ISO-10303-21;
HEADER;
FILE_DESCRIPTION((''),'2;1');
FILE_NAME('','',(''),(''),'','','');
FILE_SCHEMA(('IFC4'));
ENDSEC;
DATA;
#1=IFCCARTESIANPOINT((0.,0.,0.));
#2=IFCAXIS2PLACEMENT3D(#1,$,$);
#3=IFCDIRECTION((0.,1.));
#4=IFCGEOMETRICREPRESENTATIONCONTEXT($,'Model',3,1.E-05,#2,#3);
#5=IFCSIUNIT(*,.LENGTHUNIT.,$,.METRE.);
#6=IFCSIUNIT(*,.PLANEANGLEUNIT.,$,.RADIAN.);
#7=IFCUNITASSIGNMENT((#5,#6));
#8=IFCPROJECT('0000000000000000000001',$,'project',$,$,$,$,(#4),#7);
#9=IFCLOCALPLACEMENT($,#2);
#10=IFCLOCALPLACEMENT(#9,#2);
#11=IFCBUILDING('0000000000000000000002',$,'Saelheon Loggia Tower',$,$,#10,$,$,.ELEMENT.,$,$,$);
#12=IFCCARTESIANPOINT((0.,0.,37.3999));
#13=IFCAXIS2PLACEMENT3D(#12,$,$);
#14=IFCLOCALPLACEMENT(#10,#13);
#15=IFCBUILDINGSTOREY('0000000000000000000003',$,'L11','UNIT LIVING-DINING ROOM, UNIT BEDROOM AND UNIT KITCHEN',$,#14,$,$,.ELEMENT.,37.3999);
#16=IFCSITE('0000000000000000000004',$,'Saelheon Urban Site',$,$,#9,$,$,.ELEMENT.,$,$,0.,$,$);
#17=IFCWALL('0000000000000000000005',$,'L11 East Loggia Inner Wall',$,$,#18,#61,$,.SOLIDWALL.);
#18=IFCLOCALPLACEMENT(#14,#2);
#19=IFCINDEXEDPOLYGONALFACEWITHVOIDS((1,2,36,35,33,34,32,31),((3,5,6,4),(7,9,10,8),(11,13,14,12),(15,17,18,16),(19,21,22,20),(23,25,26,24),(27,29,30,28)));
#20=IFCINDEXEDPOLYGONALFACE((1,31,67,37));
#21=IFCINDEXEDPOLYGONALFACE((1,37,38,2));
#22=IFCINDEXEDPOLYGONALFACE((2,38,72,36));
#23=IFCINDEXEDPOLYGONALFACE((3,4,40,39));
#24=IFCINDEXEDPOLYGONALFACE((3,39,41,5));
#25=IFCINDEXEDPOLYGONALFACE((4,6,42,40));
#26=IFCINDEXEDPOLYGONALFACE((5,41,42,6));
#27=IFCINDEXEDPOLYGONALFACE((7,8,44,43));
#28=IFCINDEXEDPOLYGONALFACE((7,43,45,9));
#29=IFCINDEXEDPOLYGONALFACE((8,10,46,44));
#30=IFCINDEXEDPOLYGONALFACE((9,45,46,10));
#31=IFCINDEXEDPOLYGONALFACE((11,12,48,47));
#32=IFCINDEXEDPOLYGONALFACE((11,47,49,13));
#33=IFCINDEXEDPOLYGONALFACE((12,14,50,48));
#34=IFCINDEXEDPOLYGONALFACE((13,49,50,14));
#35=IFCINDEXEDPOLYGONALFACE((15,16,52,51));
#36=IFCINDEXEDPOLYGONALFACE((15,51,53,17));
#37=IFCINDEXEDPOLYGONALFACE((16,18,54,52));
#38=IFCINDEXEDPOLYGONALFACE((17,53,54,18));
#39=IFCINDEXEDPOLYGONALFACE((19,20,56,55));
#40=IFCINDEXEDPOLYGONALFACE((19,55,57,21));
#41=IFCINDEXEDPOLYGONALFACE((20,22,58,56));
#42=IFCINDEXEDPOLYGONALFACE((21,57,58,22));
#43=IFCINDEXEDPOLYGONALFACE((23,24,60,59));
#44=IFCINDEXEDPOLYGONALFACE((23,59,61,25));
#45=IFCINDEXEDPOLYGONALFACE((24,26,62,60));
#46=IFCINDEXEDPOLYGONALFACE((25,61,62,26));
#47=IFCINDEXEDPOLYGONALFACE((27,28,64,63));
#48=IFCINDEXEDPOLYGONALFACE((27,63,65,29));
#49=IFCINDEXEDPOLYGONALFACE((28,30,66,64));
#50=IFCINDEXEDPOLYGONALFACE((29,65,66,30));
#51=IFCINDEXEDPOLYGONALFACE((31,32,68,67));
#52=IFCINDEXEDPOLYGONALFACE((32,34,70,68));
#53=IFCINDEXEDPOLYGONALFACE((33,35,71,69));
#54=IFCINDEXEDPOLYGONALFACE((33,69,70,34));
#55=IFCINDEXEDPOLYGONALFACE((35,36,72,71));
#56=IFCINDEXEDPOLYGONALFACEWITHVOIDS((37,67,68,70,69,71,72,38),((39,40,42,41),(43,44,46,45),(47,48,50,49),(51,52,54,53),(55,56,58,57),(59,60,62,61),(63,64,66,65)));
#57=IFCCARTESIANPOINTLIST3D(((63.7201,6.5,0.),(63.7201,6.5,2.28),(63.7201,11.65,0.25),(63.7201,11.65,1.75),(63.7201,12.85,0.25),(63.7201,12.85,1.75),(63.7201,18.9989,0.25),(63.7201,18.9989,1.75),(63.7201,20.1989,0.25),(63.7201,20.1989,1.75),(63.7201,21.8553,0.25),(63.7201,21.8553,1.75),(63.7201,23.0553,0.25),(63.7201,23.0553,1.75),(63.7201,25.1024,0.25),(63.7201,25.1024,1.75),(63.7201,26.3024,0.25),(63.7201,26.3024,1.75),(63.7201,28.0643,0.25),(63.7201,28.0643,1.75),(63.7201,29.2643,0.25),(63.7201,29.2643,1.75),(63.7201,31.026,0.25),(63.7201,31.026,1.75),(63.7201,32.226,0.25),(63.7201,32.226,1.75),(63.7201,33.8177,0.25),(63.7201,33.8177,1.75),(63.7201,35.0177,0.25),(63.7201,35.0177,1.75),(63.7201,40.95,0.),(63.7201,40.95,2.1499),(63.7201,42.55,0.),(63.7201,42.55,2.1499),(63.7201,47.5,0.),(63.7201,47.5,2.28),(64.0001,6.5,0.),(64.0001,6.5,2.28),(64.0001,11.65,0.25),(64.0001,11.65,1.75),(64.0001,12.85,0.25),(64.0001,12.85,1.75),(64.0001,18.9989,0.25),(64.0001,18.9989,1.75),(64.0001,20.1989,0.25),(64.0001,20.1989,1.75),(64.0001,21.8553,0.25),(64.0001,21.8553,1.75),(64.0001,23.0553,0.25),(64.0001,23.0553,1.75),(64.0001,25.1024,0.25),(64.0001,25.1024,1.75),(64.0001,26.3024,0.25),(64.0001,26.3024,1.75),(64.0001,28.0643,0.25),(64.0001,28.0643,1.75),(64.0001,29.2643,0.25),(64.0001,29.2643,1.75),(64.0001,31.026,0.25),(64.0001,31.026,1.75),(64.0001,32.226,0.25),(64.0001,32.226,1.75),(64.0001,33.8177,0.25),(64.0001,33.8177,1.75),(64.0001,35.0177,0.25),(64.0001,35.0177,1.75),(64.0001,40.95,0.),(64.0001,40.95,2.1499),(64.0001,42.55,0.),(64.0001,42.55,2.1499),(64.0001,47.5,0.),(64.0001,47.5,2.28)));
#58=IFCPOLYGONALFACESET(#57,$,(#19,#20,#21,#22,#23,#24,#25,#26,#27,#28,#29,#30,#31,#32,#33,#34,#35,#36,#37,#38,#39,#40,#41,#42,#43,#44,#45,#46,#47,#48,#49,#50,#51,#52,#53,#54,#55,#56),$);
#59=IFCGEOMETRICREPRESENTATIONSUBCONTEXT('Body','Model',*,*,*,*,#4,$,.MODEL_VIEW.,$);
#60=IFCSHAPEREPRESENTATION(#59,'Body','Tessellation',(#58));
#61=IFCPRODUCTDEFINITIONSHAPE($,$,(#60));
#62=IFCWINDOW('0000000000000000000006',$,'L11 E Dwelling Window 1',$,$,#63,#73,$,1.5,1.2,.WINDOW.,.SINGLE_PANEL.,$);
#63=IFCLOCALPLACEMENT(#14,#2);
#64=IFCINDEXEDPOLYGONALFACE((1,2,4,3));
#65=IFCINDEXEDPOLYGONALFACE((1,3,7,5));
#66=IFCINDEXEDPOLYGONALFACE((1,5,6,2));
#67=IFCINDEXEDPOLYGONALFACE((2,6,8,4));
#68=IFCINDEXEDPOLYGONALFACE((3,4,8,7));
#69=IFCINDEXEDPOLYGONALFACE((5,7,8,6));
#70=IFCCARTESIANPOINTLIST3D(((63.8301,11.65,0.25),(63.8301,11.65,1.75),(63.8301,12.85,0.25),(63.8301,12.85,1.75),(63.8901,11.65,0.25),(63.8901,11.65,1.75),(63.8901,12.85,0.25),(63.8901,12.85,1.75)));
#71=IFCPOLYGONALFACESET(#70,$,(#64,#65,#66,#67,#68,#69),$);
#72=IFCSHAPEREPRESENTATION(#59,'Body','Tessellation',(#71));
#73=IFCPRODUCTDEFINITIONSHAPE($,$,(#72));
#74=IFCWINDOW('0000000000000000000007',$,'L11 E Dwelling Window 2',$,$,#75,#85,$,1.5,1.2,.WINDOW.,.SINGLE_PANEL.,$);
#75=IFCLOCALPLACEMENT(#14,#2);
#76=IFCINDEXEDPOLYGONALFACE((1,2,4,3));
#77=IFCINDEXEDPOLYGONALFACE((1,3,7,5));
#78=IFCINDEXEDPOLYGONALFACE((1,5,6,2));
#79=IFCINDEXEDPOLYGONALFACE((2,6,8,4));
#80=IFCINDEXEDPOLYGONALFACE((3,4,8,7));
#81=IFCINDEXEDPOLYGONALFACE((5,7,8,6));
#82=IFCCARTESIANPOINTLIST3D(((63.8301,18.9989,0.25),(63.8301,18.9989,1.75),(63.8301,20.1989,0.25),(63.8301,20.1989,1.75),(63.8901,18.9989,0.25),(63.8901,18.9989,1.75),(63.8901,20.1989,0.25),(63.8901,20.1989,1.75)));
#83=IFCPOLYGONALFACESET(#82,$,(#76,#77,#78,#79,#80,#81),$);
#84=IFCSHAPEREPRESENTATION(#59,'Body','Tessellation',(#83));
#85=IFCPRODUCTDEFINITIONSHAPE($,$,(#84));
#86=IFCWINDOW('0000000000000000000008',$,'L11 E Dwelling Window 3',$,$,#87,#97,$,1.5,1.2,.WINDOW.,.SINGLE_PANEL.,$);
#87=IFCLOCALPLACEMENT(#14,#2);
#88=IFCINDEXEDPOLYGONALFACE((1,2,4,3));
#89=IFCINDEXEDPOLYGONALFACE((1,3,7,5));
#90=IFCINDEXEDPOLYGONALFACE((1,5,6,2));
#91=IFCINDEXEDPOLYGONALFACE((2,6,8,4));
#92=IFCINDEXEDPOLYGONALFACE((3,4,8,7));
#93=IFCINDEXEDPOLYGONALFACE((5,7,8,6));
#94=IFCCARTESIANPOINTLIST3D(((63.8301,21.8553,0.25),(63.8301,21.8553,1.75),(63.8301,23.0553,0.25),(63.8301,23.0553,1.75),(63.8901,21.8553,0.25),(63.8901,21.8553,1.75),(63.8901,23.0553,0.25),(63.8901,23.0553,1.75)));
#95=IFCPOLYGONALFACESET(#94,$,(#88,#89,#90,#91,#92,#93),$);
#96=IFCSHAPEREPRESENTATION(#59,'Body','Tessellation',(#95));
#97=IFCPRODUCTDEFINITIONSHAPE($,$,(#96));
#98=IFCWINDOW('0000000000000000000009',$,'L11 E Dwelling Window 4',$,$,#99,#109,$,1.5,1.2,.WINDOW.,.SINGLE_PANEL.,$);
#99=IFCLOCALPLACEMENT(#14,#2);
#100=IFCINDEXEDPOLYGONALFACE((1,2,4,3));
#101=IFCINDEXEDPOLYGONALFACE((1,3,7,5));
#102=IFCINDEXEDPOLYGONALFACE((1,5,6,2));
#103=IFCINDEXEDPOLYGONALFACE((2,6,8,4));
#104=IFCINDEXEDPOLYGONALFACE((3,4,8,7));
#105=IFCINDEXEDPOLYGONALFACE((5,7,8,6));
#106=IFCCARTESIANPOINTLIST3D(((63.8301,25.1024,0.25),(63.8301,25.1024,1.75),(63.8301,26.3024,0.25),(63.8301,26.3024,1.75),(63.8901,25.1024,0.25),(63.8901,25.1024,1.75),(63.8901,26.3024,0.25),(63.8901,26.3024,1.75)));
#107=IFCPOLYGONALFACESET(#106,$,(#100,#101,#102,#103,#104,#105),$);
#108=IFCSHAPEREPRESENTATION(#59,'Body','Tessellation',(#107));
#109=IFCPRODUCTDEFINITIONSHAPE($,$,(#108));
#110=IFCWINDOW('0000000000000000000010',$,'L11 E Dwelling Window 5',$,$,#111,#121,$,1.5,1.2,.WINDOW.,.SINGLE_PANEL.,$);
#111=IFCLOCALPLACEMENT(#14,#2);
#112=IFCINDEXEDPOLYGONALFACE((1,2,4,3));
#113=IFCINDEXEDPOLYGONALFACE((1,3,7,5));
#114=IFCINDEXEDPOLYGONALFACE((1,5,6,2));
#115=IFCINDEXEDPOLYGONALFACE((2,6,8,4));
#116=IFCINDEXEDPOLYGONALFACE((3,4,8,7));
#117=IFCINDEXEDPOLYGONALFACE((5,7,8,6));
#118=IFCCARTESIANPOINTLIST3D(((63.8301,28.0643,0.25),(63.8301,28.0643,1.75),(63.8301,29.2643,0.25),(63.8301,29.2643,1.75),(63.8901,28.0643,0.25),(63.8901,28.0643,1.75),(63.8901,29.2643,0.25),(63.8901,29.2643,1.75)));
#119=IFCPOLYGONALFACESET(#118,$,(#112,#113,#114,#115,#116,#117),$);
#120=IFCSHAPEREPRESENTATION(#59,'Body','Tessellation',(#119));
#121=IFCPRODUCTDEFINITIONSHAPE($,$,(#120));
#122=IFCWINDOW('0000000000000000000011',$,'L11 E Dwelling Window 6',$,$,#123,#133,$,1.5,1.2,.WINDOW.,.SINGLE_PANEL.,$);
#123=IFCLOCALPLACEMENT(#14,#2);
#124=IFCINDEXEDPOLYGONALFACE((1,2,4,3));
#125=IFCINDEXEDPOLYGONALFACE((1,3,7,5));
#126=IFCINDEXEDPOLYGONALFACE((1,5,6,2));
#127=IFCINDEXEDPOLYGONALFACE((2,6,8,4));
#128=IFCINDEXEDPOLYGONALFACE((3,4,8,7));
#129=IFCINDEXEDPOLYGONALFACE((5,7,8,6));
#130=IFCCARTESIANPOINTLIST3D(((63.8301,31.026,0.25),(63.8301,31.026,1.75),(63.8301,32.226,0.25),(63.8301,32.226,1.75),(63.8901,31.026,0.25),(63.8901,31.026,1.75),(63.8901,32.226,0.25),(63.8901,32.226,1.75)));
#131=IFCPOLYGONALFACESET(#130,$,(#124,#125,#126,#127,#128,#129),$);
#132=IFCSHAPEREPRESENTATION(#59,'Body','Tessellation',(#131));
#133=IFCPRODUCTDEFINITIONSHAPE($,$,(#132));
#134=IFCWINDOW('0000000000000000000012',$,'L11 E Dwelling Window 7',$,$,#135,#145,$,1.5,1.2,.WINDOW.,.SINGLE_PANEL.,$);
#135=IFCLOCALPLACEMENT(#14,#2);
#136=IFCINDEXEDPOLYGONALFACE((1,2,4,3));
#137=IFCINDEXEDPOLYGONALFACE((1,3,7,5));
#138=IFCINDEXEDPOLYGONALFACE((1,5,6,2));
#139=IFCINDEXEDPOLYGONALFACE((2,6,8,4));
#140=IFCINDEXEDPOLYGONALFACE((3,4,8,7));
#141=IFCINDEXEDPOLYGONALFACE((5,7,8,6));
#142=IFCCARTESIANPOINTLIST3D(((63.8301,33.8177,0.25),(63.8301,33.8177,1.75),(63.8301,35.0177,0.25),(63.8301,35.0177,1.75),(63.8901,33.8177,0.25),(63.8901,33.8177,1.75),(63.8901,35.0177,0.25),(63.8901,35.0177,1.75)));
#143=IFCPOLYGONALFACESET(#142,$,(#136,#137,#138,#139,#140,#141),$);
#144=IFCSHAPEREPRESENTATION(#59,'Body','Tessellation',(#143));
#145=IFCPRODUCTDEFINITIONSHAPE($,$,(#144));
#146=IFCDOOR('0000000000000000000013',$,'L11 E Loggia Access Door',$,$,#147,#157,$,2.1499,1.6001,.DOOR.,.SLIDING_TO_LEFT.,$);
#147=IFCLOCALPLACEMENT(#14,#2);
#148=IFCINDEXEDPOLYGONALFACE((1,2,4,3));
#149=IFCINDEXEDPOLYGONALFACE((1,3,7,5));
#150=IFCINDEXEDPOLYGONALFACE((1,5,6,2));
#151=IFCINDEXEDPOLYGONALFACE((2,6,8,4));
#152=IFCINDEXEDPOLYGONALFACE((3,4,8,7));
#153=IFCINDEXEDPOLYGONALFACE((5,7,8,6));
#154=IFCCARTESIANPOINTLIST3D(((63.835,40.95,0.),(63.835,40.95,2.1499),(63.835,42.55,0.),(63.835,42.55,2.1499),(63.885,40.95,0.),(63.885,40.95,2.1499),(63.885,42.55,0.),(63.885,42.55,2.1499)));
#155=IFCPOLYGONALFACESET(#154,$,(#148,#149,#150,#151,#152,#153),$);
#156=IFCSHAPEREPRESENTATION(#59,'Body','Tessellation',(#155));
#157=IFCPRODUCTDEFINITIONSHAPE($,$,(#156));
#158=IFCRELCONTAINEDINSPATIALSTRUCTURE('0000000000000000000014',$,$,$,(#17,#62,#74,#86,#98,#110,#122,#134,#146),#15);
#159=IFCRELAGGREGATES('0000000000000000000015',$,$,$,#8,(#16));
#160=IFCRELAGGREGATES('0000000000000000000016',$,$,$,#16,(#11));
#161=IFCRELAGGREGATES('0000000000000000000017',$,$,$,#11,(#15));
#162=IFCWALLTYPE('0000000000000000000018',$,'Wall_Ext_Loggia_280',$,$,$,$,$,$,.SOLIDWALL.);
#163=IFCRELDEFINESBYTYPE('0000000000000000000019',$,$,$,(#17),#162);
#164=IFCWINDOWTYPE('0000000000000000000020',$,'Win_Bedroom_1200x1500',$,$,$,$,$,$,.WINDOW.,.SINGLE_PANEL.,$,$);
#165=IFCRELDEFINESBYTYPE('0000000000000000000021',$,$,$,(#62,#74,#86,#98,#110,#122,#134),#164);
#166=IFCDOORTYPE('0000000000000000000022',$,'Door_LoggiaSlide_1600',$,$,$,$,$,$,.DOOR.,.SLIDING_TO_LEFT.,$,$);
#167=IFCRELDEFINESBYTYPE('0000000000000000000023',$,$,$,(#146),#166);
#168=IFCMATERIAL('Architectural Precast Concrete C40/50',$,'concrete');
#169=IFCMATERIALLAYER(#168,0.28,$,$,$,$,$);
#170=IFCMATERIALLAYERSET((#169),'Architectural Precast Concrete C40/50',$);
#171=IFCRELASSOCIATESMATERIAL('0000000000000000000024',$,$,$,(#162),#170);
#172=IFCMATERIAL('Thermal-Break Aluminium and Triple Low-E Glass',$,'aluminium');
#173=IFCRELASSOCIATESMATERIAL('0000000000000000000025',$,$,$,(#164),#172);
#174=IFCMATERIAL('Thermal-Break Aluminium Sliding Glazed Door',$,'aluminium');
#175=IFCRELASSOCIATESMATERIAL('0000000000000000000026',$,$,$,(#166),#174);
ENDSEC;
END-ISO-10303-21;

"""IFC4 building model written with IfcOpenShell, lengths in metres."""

from ifc_helpers import new_model, si_unit, direction, frame, frame_2d, origin, place, context, subcontext, project, spatial, rectangle, extrude, source, transform, mapped, material, layer, layer_set, type_object, element, fill, save


model = new_model("IFC4")

# Units and contexts
model_context = context("Model", 3, precision=1e-05, world=origin(), true_north=direction((0.0, 1.0)))
body_context = subcontext(model_context, "Body", "Model", "MODEL_VIEW")
ifc_project = project(units=[si_unit("LENGTHUNIT", "METRE"), si_unit("PLANEANGLEUNIT", "RADIAN")], contexts=[model_context])

# Site, building, storey
site_placement = place(None, origin())
site = spatial("IfcSite", under=ifc_project, at=site_placement, Name="Saelheon Urban Site", CompositionType="ELEMENT", RefElevation=0.0)
building_placement = place(site_placement, origin())
building = spatial("IfcBuilding", under=site, at=building_placement, Name="Saelheon Loggia Tower", CompositionType="ELEMENT")
storey_placement = place(building_placement, frame((0.0, 0.0, 37.3999)))
storey = spatial("IfcBuildingStorey", under=building, at=storey_placement, Name="L11", Description="UNIT LIVING-DINING ROOM, UNIT BEDROOM AND UNIT KITCHEN", CompositionType="ELEMENT", Elevation=37.3999)

# Wall, openings, windows, door
ifc_material_1 = material(Name="Architectural Precast Concrete C40/50", Category="concrete")
ifc_layer_1 = layer(ifc_material_1, 0.28)
ifc_layer_set_1 = layer_set([ifc_layer_1], Name="Architectural Precast Concrete C40/50")
wall_type_1 = type_object("IfcWallType", Name="Wall_Ext_Loggia_280", PredefinedType="SOLIDWALL", material=ifc_layer_set_1)
wall_1_placement = place(storey_placement, frame((63.8601, 6.5, 0.0), z_axis=(0.0, 0.0, 1.0), x_axis=(0.0, 1.0, 0.0)))
wall_1 = element("IfcWall", 1, at=wall_1_placement, inside=storey, type_object=wall_type_1, Name="L11 East Loggia Inner Wall", PredefinedType="SOLIDWALL", context=body_context, shape_type="SweptSolid", body=[
    extrude(rectangle(XDim=41.0, YDim=0.28, at=frame_2d((20.5, 0.0))), origin(), (0.0, 0.0, 1.0), 2.28),
])
opening_1_placement = place(wall_1_placement, frame((5.1499, 0.0, 0.25)))
opening_1 = element("IfcOpeningElement", 2, at=opening_1_placement, cuts=wall_1, PredefinedType="OPENING", context=body_context, shape_type="SweptSolid", body=[
    extrude(rectangle(XDim=1.2, YDim=1.5, at=frame_2d((0.6001, 0.75))), frame((0.0, 0.1521, 0.0), z_axis=(0.0, -1.0, 0.0), x_axis=(1.0, 0.0, 0.0)), (0.0, 0.0, 1.0), 0.304),
])
opening_2_placement = place(wall_1_placement, frame((12.4988, 0.0, 0.25)))
opening_2 = element("IfcOpeningElement", 3, at=opening_2_placement, cuts=wall_1, PredefinedType="OPENING", context=body_context, shape_type="SweptSolid", body=[
    extrude(rectangle(XDim=1.2, YDim=1.5, at=frame_2d((0.6001, 0.75))), frame((0.0, 0.1521, 0.0), z_axis=(0.0, -1.0, 0.0), x_axis=(1.0, 0.0, 0.0)), (0.0, 0.0, 1.0), 0.304),
])
opening_3_placement = place(wall_1_placement, frame((15.3552, 0.0, 0.25)))
opening_3 = element("IfcOpeningElement", 4, at=opening_3_placement, cuts=wall_1, PredefinedType="OPENING", context=body_context, shape_type="SweptSolid", body=[
    extrude(rectangle(XDim=1.2, YDim=1.5, at=frame_2d((0.6001, 0.75))), frame((0.0, 0.1521, 0.0), z_axis=(0.0, -1.0, 0.0), x_axis=(1.0, 0.0, 0.0)), (0.0, 0.0, 1.0), 0.304),
])
opening_4_placement = place(wall_1_placement, frame((18.6023, 0.0, 0.25)))
opening_4 = element("IfcOpeningElement", 5, at=opening_4_placement, cuts=wall_1, PredefinedType="OPENING", context=body_context, shape_type="SweptSolid", body=[
    extrude(rectangle(XDim=1.2, YDim=1.5, at=frame_2d((0.6001, 0.75))), frame((0.0, 0.1521, 0.0), z_axis=(0.0, -1.0, 0.0), x_axis=(1.0, 0.0, 0.0)), (0.0, 0.0, 1.0), 0.304),
])
opening_5_placement = place(wall_1_placement, frame((21.5642, 0.0, 0.25)))
opening_5 = element("IfcOpeningElement", 6, at=opening_5_placement, cuts=wall_1, PredefinedType="OPENING", context=body_context, shape_type="SweptSolid", body=[
    extrude(rectangle(XDim=1.2, YDim=1.5, at=frame_2d((0.6001, 0.75))), frame((0.0, 0.1521, 0.0), z_axis=(0.0, -1.0, 0.0), x_axis=(1.0, 0.0, 0.0)), (0.0, 0.0, 1.0), 0.304),
])
opening_6_placement = place(wall_1_placement, frame((24.5259, 0.0, 0.25)))
opening_6 = element("IfcOpeningElement", 7, at=opening_6_placement, cuts=wall_1, PredefinedType="OPENING", context=body_context, shape_type="SweptSolid", body=[
    extrude(rectangle(XDim=1.2, YDim=1.5, at=frame_2d((0.6001, 0.75))), frame((0.0, 0.1521, 0.0), z_axis=(0.0, -1.0, 0.0), x_axis=(1.0, 0.0, 0.0)), (0.0, 0.0, 1.0), 0.304),
])
opening_7_placement = place(wall_1_placement, frame((27.3176, 0.0, 0.25)))
opening_7 = element("IfcOpeningElement", 8, at=opening_7_placement, cuts=wall_1, PredefinedType="OPENING", context=body_context, shape_type="SweptSolid", body=[
    extrude(rectangle(XDim=1.2, YDim=1.5, at=frame_2d((0.6001, 0.75))), frame((0.0, 0.1521, 0.0), z_axis=(0.0, -1.0, 0.0), x_axis=(1.0, 0.0, 0.0)), (0.0, 0.0, 1.0), 0.304),
])
opening_8_placement = place(wall_1_placement, frame((36.05, 0.0, 0.0), z_axis=(0.0, 0.0, 1.0), x_axis=(-1.0, 0.0, 0.0)))
opening_8 = element("IfcOpeningElement", 9, at=opening_8_placement, cuts=wall_1, PredefinedType="OPENING", context=body_context, shape_type="SweptSolid", body=[
    extrude(rectangle(XDim=1.6001, YDim=2.1499, at=frame_2d((0.8, 1.075))), frame((0.0, 0.1521, 0.0), z_axis=(0.0, -1.0, 0.0), x_axis=(1.0, 0.0, 0.0)), (0.0, 0.0, 1.0), 0.304),
])
ifc_material_2 = material(Name="Thermal-Break Aluminium and Triple Low-E Glass", Category="aluminium")
window_type = type_object("IfcWindowType", Name="Win_Bedroom_1200x1500", PartitioningType="SINGLE_PANEL", PredefinedType="WINDOW", material=ifc_material_2)
shared_shape_1 = source(origin(), body_context, "Body", "SweptSolid", [
    extrude(rectangle(XDim=1.2, YDim=1.5, at=frame_2d((0.6001, 0.75))), frame((0.0, 0.03, 0.0), z_axis=(0.0, -1.0, 0.0), x_axis=(1.0, 0.0, 0.0)), (0.0, 0.0, 1.0), 0.0601),
])
window_1_placement = place(opening_1_placement, origin())
window_1 = element("IfcWindow", 10, at=window_1_placement, inside=storey, type_object=window_type, Name="L11 E Dwelling Window 1", OverallHeight=1.5, OverallWidth=1.2, PartitioningType="SINGLE_PANEL", PredefinedType="WINDOW", context=body_context, shape_type="MappedRepresentation", body=[
    mapped(shared_shape_1, transform((0.0, 0.0, 0.0), scale=1.0)),
])
fill(opening_1, window_1)
window_2_placement = place(opening_2_placement, origin())
window_2 = element("IfcWindow", 11, at=window_2_placement, inside=storey, type_object=window_type, Name="L11 E Dwelling Window 2", OverallHeight=1.5, OverallWidth=1.2, PartitioningType="SINGLE_PANEL", PredefinedType="WINDOW", context=body_context, shape_type="MappedRepresentation", body=[
    mapped(shared_shape_1, transform((0.0, 0.0, 0.0), scale=1.0)),
])
fill(opening_2, window_2)
window_3_placement = place(opening_3_placement, origin())
window_3 = element("IfcWindow", 12, at=window_3_placement, inside=storey, type_object=window_type, Name="L11 E Dwelling Window 3", OverallHeight=1.5, OverallWidth=1.2, PartitioningType="SINGLE_PANEL", PredefinedType="WINDOW", context=body_context, shape_type="MappedRepresentation", body=[
    mapped(shared_shape_1, transform((0.0, 0.0, 0.0), scale=1.0)),
])
fill(opening_3, window_3)
window_4_placement = place(opening_4_placement, origin())
window_4 = element("IfcWindow", 13, at=window_4_placement, inside=storey, type_object=window_type, Name="L11 E Dwelling Window 4", OverallHeight=1.5, OverallWidth=1.2, PartitioningType="SINGLE_PANEL", PredefinedType="WINDOW", context=body_context, shape_type="MappedRepresentation", body=[
    mapped(shared_shape_1, transform((0.0, 0.0, 0.0), scale=1.0)),
])
fill(opening_4, window_4)
window_5_placement = place(opening_5_placement, origin())
window_5 = element("IfcWindow", 14, at=window_5_placement, inside=storey, type_object=window_type, Name="L11 E Dwelling Window 5", OverallHeight=1.5, OverallWidth=1.2, PartitioningType="SINGLE_PANEL", PredefinedType="WINDOW", context=body_context, shape_type="MappedRepresentation", body=[
    mapped(shared_shape_1, transform((0.0, 0.0, 0.0), scale=1.0)),
])
fill(opening_5, window_5)
window_6_placement = place(opening_6_placement, origin())
window_6 = element("IfcWindow", 15, at=window_6_placement, inside=storey, type_object=window_type, Name="L11 E Dwelling Window 6", OverallHeight=1.5, OverallWidth=1.2, PartitioningType="SINGLE_PANEL", PredefinedType="WINDOW", context=body_context, shape_type="MappedRepresentation", body=[
    mapped(shared_shape_1, transform((0.0, 0.0, 0.0), scale=1.0)),
])
fill(opening_6, window_6)
window_7_placement = place(opening_7_placement, origin())
window_7 = element("IfcWindow", 16, at=window_7_placement, inside=storey, type_object=window_type, Name="L11 E Dwelling Window 7", OverallHeight=1.5, OverallWidth=1.2, PartitioningType="SINGLE_PANEL", PredefinedType="WINDOW", context=body_context, shape_type="MappedRepresentation", body=[
    mapped(shared_shape_1, transform((0.0, 0.0, 0.0), scale=1.0)),
])
fill(opening_7, window_7)
ifc_material_3 = material(Name="Thermal-Break Aluminium Sliding Glazed Door", Category="aluminium")
door_type = type_object("IfcDoorType", Name="Door_LoggiaSlide_1600", OperationType="SLIDING_TO_LEFT", PredefinedType="DOOR", material=ifc_material_3)
shared_shape_2 = source(origin(), body_context, "Body", "SweptSolid", [
    extrude(rectangle(XDim=1.6001, YDim=2.1499, at=frame_2d((0.8, 1.075))), frame((0.0, 0.0249, 0.0), z_axis=(0.0, -1.0, 0.0), x_axis=(1.0, 0.0, 0.0)), (0.0, 0.0, 1.0), 0.05),
])
door_placement = place(opening_8_placement, origin())
door = element("IfcDoor", 17, at=door_placement, inside=storey, type_object=door_type, Name="L11 E Loggia Access Door", OperationType="SLIDING_TO_LEFT", OverallHeight=2.1499, OverallWidth=1.6001, PredefinedType="DOOR", context=body_context, shape_type="MappedRepresentation", body=[
    mapped(shared_shape_2, transform((0.0, 0.0, 0.0), scale=1.0)),
])
fill(opening_8, door)

save(model, "model.ifc")
